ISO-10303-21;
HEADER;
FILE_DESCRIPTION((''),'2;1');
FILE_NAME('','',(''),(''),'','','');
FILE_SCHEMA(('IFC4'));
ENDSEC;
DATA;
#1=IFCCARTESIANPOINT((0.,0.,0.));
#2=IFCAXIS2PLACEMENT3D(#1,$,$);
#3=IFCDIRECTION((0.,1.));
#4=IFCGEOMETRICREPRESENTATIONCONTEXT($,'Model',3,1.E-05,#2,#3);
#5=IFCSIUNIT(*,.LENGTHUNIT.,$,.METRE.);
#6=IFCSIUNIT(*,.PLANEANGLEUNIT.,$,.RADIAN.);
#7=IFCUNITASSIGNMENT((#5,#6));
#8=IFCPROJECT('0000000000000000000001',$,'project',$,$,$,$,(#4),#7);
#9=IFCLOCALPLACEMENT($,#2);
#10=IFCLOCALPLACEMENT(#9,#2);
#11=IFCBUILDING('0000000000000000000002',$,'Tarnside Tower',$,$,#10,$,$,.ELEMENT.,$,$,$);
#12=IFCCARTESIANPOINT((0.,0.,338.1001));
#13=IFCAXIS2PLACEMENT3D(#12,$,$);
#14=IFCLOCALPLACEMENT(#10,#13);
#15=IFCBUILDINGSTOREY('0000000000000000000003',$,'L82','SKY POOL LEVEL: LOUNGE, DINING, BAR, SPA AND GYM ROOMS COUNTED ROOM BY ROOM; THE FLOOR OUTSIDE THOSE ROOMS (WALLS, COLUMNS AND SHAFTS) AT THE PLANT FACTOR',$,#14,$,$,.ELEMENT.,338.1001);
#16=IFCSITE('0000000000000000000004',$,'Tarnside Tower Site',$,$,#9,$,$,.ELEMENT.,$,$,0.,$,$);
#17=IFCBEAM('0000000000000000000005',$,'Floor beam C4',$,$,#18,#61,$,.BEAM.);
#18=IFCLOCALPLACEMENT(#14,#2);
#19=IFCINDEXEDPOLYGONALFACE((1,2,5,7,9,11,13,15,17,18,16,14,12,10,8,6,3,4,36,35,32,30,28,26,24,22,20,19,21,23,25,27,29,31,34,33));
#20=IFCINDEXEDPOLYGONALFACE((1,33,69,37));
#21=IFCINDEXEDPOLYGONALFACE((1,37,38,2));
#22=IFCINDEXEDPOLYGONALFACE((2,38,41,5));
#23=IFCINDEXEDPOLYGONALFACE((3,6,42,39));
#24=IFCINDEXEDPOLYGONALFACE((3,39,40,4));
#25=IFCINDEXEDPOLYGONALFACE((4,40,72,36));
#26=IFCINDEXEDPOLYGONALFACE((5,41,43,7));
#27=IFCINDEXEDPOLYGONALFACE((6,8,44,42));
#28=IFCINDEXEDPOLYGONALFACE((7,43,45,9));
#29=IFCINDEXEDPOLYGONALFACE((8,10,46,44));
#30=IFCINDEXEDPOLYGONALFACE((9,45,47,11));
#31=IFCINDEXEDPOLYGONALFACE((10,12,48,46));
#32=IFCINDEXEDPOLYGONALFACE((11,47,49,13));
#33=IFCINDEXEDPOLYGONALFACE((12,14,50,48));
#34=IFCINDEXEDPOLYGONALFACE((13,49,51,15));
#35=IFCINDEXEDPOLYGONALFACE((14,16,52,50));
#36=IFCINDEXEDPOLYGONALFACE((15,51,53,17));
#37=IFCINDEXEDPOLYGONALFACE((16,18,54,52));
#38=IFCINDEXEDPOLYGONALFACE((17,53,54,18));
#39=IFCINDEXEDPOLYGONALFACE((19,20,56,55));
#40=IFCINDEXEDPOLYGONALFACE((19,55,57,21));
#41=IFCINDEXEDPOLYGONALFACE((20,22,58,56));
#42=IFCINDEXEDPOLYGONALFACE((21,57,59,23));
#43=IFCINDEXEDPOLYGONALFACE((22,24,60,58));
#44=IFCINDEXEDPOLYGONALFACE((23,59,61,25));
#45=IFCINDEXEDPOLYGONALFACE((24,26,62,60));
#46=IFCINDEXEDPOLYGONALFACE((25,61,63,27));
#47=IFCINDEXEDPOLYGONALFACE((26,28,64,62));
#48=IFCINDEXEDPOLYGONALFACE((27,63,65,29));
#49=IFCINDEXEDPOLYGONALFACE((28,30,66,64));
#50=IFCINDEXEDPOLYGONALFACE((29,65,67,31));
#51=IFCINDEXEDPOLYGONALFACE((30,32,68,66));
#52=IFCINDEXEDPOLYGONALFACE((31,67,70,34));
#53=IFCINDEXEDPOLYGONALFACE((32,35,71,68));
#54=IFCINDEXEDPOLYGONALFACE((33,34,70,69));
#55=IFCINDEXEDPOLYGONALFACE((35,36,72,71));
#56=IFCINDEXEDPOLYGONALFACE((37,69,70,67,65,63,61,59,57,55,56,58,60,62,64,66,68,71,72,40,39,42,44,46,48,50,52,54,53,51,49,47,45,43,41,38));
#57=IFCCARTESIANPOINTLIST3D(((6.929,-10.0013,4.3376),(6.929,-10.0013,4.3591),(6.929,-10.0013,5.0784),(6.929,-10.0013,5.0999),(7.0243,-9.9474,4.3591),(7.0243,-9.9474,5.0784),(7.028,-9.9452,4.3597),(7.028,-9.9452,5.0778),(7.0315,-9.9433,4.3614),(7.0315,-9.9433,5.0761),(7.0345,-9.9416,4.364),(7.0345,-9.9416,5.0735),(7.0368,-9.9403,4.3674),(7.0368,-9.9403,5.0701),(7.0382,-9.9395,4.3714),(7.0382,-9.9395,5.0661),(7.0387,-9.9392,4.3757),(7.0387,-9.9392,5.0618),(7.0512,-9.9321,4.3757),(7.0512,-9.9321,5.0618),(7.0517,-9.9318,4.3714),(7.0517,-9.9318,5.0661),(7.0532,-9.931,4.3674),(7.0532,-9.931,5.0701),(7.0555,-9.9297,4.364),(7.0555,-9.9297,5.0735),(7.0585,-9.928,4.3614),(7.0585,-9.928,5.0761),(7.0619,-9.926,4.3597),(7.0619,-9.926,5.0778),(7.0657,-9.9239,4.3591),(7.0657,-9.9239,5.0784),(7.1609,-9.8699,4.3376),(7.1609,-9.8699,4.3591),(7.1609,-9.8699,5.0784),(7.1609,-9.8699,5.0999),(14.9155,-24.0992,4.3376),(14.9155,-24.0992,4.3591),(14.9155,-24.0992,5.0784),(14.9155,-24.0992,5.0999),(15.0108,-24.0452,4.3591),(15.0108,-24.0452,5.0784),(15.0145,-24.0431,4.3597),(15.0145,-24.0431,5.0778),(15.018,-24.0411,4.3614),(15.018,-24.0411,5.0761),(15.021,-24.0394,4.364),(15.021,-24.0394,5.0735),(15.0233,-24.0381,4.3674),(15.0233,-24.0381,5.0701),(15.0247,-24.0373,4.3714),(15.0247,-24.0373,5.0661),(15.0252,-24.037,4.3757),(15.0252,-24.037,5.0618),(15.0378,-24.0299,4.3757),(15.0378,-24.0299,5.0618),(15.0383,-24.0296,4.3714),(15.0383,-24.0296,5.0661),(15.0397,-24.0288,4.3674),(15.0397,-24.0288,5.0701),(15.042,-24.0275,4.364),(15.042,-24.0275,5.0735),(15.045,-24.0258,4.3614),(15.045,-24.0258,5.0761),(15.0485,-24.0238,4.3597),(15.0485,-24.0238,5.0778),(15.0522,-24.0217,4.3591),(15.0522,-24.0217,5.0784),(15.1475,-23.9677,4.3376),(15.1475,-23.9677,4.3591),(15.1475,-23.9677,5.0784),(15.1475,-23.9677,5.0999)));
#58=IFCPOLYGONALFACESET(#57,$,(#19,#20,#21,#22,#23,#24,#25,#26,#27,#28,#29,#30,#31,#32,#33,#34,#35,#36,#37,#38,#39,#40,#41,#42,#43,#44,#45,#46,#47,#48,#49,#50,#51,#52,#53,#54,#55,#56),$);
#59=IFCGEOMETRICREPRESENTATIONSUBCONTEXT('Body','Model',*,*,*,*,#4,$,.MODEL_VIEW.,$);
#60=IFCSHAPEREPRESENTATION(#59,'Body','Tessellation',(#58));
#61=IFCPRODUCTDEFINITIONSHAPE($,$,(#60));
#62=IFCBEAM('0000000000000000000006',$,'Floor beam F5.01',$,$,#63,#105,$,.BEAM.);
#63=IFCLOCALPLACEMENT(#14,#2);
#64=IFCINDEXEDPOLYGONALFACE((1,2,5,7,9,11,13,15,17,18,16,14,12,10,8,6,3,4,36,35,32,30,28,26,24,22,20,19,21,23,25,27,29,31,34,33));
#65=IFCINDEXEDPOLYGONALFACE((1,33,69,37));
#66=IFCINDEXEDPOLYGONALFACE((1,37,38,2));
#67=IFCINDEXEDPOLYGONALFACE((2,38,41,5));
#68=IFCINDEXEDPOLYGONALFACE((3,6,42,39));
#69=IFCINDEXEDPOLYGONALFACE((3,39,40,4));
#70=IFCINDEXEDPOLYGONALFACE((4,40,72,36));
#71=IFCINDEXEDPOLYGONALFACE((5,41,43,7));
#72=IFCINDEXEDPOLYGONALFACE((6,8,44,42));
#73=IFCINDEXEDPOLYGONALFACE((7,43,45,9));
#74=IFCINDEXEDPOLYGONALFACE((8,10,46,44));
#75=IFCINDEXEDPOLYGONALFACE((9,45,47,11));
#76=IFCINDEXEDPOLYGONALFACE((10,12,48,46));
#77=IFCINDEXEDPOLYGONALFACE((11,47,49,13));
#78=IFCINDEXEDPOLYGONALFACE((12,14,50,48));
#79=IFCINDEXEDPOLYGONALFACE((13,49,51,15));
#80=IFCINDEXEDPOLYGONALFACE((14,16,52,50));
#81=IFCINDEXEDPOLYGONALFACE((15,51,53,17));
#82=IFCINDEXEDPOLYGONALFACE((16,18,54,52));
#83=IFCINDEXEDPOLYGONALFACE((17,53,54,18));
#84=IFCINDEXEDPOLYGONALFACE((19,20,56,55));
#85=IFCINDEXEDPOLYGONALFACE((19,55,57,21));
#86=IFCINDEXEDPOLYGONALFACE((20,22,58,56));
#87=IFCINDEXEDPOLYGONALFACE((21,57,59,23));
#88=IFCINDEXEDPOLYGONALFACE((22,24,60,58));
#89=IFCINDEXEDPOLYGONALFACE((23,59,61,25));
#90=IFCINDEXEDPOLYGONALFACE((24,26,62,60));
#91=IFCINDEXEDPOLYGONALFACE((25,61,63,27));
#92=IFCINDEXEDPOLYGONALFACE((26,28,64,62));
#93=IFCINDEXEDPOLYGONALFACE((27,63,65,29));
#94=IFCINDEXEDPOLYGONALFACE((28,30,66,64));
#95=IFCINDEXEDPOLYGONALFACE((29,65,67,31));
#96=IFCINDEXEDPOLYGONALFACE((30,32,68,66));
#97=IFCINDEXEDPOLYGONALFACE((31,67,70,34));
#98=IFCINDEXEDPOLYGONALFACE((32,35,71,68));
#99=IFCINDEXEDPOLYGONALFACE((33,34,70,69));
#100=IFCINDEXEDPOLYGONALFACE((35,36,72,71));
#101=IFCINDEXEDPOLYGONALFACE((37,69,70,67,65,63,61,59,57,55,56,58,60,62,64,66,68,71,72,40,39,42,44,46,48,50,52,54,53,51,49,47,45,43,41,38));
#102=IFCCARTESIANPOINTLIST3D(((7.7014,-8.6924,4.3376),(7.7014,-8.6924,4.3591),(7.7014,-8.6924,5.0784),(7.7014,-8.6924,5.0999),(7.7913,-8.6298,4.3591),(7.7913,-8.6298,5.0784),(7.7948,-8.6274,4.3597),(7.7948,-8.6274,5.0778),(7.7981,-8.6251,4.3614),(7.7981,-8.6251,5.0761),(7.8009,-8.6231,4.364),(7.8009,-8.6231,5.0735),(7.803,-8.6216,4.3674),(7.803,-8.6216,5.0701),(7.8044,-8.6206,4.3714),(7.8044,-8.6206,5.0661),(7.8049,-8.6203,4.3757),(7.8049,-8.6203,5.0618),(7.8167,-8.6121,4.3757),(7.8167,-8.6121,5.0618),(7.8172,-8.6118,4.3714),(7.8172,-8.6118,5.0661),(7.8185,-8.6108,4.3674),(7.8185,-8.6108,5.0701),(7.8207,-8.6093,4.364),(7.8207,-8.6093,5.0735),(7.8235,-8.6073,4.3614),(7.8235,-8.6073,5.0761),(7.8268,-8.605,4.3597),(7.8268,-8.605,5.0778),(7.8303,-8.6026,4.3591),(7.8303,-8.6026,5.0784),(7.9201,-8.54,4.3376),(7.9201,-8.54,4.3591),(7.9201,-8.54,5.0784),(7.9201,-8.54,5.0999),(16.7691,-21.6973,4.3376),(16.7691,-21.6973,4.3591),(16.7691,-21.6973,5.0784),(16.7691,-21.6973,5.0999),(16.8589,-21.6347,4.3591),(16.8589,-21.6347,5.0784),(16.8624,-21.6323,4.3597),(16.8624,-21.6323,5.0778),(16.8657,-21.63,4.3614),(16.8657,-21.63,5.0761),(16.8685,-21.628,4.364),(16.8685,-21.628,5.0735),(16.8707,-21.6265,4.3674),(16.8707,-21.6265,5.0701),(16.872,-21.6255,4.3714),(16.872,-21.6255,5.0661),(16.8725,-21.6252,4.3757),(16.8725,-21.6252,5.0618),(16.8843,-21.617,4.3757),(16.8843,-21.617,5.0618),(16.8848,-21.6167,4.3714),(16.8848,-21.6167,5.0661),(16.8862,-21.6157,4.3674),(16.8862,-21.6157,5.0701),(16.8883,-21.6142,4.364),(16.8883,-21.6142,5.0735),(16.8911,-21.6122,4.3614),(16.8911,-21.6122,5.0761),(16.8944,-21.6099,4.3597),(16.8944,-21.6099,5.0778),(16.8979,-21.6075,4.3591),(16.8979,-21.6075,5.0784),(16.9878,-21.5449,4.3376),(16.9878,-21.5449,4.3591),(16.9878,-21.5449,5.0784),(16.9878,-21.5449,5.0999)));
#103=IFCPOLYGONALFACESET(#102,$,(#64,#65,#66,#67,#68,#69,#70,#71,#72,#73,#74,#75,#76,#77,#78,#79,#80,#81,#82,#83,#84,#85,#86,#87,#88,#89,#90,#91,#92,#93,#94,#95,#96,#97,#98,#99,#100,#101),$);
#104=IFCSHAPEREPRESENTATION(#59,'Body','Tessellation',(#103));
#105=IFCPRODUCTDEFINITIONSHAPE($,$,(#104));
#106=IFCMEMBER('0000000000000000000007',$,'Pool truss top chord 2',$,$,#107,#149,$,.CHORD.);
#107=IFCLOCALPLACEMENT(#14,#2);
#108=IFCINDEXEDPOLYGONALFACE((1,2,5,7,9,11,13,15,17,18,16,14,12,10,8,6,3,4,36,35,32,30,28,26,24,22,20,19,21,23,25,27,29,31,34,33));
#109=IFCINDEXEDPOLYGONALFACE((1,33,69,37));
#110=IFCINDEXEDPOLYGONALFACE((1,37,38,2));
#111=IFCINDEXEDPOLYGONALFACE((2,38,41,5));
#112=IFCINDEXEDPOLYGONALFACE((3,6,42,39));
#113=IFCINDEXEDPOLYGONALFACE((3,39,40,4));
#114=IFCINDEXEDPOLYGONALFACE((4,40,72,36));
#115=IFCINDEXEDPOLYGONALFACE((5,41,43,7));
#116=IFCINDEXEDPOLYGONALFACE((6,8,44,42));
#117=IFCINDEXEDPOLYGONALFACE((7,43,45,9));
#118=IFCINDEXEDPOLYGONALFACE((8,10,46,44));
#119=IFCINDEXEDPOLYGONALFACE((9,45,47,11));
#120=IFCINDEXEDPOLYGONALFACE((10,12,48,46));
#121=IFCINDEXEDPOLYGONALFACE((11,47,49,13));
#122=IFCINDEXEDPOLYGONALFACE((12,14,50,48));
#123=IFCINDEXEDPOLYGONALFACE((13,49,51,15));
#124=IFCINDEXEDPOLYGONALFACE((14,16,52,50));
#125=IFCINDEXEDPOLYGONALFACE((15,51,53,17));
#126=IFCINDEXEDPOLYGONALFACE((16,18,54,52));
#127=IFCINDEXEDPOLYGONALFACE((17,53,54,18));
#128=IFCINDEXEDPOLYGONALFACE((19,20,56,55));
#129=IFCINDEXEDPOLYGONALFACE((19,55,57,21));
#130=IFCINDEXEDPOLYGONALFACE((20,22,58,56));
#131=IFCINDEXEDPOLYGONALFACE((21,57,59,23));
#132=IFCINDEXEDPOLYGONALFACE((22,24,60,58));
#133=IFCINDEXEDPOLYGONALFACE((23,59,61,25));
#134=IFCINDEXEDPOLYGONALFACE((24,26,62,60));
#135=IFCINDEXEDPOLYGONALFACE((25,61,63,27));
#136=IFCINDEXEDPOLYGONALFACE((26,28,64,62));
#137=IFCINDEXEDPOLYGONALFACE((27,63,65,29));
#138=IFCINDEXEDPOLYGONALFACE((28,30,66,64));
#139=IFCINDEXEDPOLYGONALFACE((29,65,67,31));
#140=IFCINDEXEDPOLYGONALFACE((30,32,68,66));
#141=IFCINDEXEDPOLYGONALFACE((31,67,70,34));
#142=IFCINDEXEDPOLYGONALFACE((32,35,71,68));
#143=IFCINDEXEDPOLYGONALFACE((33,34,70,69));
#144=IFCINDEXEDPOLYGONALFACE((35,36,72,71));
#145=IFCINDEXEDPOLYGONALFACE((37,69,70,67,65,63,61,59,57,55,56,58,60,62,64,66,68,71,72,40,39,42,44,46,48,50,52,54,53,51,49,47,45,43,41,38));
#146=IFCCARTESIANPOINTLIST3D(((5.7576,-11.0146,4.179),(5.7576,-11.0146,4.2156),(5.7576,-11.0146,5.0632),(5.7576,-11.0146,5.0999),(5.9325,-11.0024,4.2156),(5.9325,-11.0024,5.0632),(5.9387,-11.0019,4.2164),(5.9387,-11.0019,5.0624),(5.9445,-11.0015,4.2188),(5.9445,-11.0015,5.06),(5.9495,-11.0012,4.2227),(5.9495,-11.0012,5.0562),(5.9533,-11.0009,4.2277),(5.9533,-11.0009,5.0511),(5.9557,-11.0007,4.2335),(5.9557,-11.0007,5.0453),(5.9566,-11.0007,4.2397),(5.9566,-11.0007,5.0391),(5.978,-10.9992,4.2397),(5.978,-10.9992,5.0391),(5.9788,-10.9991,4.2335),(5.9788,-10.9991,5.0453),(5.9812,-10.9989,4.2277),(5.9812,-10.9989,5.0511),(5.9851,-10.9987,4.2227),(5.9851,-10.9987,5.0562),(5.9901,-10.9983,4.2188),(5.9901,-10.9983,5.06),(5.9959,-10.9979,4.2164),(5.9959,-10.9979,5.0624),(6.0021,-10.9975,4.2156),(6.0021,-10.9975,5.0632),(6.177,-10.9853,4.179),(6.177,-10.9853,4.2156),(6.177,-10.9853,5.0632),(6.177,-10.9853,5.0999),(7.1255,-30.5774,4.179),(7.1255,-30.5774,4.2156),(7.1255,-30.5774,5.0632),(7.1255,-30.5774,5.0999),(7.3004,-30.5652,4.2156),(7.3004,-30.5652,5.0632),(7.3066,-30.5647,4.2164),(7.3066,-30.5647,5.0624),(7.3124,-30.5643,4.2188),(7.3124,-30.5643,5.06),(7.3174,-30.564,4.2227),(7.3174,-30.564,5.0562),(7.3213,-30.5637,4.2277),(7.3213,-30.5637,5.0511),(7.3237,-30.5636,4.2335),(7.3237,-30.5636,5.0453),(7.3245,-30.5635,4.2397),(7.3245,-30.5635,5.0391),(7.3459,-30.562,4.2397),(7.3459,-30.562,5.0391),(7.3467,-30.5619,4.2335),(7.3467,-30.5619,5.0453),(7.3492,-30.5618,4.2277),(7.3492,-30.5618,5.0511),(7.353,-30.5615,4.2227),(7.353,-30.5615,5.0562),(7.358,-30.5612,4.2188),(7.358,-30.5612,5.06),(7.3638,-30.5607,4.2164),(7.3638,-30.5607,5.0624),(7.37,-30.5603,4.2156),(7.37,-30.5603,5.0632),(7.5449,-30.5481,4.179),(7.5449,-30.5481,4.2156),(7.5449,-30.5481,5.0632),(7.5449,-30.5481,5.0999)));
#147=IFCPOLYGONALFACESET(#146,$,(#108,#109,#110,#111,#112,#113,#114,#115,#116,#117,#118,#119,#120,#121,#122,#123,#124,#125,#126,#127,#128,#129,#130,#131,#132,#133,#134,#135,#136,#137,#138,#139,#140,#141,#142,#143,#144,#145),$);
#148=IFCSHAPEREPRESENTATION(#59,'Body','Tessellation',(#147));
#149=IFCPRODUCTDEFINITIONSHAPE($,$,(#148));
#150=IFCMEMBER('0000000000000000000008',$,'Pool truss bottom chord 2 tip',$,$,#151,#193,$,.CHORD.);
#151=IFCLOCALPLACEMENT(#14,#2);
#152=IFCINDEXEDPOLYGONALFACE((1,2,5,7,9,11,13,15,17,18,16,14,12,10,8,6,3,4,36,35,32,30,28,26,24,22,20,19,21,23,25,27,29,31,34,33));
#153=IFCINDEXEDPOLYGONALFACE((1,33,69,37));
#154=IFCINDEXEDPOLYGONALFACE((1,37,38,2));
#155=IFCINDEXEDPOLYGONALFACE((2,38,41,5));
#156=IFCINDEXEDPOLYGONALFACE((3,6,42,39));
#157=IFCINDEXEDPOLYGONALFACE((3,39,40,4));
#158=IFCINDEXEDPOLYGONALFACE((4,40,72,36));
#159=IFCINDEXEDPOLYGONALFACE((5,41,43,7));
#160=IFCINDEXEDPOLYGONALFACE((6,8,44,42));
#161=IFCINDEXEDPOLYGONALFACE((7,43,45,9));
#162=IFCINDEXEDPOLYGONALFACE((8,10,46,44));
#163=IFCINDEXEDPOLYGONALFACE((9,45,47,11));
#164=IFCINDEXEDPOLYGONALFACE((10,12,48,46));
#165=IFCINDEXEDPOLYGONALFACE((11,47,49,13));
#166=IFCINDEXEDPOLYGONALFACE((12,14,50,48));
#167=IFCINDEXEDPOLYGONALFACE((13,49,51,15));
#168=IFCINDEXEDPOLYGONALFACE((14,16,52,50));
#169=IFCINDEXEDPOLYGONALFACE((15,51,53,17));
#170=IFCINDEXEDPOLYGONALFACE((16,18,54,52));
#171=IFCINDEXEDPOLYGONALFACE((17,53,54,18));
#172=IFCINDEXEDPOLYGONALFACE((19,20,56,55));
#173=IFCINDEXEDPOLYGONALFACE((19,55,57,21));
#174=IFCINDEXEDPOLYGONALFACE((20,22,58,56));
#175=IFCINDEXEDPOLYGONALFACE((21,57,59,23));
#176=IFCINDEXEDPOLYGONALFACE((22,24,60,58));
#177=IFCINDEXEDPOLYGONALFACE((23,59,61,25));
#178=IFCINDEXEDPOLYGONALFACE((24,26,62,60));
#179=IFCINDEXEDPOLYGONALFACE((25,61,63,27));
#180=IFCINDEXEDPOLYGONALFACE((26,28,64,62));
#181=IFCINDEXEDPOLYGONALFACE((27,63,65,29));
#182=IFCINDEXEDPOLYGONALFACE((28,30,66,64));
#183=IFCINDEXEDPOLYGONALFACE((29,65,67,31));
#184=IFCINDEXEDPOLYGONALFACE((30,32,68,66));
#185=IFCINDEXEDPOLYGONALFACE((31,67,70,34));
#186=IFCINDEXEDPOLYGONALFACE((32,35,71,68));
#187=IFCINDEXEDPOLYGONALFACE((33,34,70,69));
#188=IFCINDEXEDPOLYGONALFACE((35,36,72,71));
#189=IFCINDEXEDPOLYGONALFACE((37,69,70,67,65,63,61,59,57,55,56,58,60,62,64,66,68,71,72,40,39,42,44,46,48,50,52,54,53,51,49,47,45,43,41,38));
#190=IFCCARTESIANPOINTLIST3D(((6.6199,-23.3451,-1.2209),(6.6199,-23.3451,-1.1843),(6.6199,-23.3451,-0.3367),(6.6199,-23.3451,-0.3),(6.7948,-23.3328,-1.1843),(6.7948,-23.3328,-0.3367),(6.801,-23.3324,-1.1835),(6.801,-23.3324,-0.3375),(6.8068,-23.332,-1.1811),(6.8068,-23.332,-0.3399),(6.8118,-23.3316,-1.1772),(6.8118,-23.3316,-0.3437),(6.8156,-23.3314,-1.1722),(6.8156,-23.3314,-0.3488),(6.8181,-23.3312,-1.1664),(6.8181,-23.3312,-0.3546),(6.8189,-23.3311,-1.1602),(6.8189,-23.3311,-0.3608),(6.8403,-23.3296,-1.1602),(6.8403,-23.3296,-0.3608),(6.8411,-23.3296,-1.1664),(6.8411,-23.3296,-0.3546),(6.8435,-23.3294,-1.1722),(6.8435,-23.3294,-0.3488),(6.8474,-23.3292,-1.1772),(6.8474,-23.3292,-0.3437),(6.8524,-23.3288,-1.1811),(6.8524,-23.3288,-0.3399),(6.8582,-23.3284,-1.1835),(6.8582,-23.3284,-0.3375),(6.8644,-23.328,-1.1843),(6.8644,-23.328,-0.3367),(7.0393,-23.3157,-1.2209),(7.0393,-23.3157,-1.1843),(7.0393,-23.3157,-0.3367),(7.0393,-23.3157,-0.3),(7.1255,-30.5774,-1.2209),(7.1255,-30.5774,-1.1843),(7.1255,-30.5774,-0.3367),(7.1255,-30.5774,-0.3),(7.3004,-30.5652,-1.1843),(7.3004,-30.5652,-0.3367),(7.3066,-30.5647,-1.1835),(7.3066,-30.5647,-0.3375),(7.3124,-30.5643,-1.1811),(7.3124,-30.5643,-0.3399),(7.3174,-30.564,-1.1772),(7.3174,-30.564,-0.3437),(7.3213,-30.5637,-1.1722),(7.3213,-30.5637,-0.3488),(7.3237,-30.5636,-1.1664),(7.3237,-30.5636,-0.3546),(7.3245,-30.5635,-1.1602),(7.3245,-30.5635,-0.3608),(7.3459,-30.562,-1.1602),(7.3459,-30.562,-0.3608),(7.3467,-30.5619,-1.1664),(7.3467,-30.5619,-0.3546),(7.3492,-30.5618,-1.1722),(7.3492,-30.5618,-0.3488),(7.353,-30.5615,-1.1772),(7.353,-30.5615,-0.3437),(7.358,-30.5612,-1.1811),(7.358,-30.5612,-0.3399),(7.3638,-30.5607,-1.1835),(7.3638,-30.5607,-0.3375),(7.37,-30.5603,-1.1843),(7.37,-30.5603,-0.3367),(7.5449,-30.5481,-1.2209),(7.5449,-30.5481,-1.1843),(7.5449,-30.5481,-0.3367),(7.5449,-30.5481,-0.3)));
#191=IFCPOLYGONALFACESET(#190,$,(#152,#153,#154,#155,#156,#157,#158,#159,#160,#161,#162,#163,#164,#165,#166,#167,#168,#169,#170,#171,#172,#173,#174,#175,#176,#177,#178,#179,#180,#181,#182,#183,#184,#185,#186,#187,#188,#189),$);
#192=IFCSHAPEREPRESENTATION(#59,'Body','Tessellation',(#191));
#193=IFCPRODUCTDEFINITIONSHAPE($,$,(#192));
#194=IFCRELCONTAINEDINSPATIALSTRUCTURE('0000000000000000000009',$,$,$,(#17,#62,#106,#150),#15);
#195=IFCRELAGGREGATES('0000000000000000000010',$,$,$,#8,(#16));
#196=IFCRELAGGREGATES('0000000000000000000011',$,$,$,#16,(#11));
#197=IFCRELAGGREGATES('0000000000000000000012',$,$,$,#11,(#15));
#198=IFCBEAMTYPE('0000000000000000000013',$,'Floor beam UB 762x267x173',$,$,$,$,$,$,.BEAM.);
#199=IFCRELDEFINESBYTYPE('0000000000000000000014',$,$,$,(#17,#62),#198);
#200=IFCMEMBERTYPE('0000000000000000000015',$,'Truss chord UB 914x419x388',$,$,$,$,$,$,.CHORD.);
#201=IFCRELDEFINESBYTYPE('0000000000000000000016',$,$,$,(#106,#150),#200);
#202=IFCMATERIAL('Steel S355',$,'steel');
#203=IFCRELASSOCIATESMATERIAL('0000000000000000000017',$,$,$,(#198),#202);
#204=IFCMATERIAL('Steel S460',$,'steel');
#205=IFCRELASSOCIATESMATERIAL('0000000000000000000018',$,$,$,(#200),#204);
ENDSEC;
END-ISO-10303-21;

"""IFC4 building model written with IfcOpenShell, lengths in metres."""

from ifc_helpers import new_model, si_unit, direction, frame, origin, origin_2d, place, context, subcontext, project, spatial, i_section, extrude, material, material_profile, profile_set, type_object, element, save


model = new_model("IFC4")

# Units and contexts
model_context = context("Model", 3, precision=1e-05, world=origin(), true_north=direction((0.0, 1.0)))
body_context = subcontext(model_context, "Body", "Model", "MODEL_VIEW")
ifc_project = project(units=[si_unit("LENGTHUNIT", "METRE"), si_unit("PLANEANGLEUNIT", "RADIAN")], contexts=[model_context])

# Site, building, storey
site_placement = place(None, origin())
site = spatial("IfcSite", under=ifc_project, at=site_placement, Name="Tarnside Tower Site", CompositionType="ELEMENT", RefElevation=0.0)
building_placement = place(site_placement, origin())
building = spatial("IfcBuilding", under=site, at=building_placement, Name="Tarnside Tower", CompositionType="ELEMENT")
storey_placement = place(building_placement, frame((0.0, 0.0, 338.1001)))
storey = spatial("IfcBuildingStorey", under=building, at=storey_placement, Name="L82", Description="SKY POOL LEVEL: LOUNGE, DINING, BAR, SPA AND GYM ROOMS COUNTED ROOM BY ROOM; THE FLOOR OUTSIDE THOSE ROOMS (WALLS, COLUMNS AND SHAFTS) AT THE PLANT FACTOR", CompositionType="ELEMENT", Elevation=338.1001)

# Beams
ifc_material_1 = material(Name="Steel S355", Category="steel")
ifc_material_profile_1 = material_profile(ifc_material_1, i_section(OverallWidth=0.2666, OverallDepth=0.7622, WebThickness=0.0144, FlangeThickness=0.0215, FilletRadius=0.0166, at=origin_2d()), Name="UB 762x267x173")
ifc_profile_set_1 = profile_set([ifc_material_profile_1], Name="Steel S355")
beam_type = type_object("IfcBeamType", Name="Floor beam UB 762x267x173", PredefinedType="BEAM", material=ifc_profile_set_1)
beam_1_placement = place(storey_placement, frame((15.0315, -24.0334, 4.7188), z_axis=(-0.492908, 0.870081, 0.0), x_axis=(-0.870081, -0.492908, 0.0)))
element("IfcBeam", 1, at=beam_1_placement, inside=storey, type_object=beam_type, Name="Floor beam C4", PredefinedType="BEAM", context=body_context, shape_type="SweptSolid", body=[
    extrude(i_section(OverallWidth=0.2666, OverallDepth=0.7622, WebThickness=0.0144, FlangeThickness=0.0215, FilletRadius=0.0166, at=origin_2d()), origin(), (0.0, 0.0, 1.0), 16.2029),
])
beam_2_placement = place(storey_placement, frame((16.8784, -21.6211, 4.7188), z_axis=(-0.571946, 0.820291, 0.0), x_axis=(-0.820291, -0.571946, 0.0)))
element("IfcBeam", 2, at=beam_2_placement, inside=storey, type_object=beam_type, Name="Floor beam F5.01", PredefinedType="BEAM", context=body_context, shape_type="SweptSolid", body=[
    extrude(i_section(OverallWidth=0.2666, OverallDepth=0.7622, WebThickness=0.0144, FlangeThickness=0.0215, FilletRadius=0.0166, at=origin_2d()), origin(), (0.0, 0.0, 1.0), 15.854),
])

# Members
ifc_material_2 = material(Name="Steel S460", Category="steel")
ifc_material_profile_2 = material_profile(ifc_material_2, i_section(OverallWidth=0.4204, OverallDepth=0.9209, WebThickness=0.0215, FlangeThickness=0.0366, FilletRadius=0.0242, at=origin_2d()), Name="UB 914x419x388")
ifc_profile_set_2 = profile_set([ifc_material_profile_2], Name="Steel S460")
member_type_1 = type_object("IfcMemberType", Name="Truss chord UB 914x419x388", PredefinedType="CHORD", material=ifc_profile_set_2)
member_1_placement = place(storey_placement, frame((7.3352, -30.5627, 4.6394), z_axis=(-0.069754, 0.997564, 0.0), x_axis=(-0.997564, -0.069754, 0.0)))
element("IfcMember", 3, at=member_1_placement, inside=storey, type_object=member_type_1, Name="Pool truss top chord 2", PredefinedType="CHORD", context=body_context, shape_type="SweptSolid", body=[
    extrude(i_section(OverallWidth=0.4204, OverallDepth=0.9209, WebThickness=0.0215, FlangeThickness=0.0366, FilletRadius=0.0242, at=origin_2d()), origin(), (0.0, 0.0, 1.0), 19.6106),
])
member_2_placement = place(storey_placement, frame((7.3352, -30.5627, -0.7605), z_axis=(-0.069739, 0.997565, 0.0), x_axis=(-0.997565, -0.069739, 0.0)))
element("IfcMember", 4, at=member_2_placement, inside=storey, type_object=member_type_1, Name="Pool truss bottom chord 2 tip", PredefinedType="CHORD", context=body_context, shape_type="SweptSolid", body=[
    extrude(i_section(OverallWidth=0.4204, OverallDepth=0.9209, WebThickness=0.0215, FlangeThickness=0.0366, FilletRadius=0.0242, at=origin_2d()), origin(), (0.0, 0.0, 1.0), 7.25),
])

save(model, "model.ifc")
